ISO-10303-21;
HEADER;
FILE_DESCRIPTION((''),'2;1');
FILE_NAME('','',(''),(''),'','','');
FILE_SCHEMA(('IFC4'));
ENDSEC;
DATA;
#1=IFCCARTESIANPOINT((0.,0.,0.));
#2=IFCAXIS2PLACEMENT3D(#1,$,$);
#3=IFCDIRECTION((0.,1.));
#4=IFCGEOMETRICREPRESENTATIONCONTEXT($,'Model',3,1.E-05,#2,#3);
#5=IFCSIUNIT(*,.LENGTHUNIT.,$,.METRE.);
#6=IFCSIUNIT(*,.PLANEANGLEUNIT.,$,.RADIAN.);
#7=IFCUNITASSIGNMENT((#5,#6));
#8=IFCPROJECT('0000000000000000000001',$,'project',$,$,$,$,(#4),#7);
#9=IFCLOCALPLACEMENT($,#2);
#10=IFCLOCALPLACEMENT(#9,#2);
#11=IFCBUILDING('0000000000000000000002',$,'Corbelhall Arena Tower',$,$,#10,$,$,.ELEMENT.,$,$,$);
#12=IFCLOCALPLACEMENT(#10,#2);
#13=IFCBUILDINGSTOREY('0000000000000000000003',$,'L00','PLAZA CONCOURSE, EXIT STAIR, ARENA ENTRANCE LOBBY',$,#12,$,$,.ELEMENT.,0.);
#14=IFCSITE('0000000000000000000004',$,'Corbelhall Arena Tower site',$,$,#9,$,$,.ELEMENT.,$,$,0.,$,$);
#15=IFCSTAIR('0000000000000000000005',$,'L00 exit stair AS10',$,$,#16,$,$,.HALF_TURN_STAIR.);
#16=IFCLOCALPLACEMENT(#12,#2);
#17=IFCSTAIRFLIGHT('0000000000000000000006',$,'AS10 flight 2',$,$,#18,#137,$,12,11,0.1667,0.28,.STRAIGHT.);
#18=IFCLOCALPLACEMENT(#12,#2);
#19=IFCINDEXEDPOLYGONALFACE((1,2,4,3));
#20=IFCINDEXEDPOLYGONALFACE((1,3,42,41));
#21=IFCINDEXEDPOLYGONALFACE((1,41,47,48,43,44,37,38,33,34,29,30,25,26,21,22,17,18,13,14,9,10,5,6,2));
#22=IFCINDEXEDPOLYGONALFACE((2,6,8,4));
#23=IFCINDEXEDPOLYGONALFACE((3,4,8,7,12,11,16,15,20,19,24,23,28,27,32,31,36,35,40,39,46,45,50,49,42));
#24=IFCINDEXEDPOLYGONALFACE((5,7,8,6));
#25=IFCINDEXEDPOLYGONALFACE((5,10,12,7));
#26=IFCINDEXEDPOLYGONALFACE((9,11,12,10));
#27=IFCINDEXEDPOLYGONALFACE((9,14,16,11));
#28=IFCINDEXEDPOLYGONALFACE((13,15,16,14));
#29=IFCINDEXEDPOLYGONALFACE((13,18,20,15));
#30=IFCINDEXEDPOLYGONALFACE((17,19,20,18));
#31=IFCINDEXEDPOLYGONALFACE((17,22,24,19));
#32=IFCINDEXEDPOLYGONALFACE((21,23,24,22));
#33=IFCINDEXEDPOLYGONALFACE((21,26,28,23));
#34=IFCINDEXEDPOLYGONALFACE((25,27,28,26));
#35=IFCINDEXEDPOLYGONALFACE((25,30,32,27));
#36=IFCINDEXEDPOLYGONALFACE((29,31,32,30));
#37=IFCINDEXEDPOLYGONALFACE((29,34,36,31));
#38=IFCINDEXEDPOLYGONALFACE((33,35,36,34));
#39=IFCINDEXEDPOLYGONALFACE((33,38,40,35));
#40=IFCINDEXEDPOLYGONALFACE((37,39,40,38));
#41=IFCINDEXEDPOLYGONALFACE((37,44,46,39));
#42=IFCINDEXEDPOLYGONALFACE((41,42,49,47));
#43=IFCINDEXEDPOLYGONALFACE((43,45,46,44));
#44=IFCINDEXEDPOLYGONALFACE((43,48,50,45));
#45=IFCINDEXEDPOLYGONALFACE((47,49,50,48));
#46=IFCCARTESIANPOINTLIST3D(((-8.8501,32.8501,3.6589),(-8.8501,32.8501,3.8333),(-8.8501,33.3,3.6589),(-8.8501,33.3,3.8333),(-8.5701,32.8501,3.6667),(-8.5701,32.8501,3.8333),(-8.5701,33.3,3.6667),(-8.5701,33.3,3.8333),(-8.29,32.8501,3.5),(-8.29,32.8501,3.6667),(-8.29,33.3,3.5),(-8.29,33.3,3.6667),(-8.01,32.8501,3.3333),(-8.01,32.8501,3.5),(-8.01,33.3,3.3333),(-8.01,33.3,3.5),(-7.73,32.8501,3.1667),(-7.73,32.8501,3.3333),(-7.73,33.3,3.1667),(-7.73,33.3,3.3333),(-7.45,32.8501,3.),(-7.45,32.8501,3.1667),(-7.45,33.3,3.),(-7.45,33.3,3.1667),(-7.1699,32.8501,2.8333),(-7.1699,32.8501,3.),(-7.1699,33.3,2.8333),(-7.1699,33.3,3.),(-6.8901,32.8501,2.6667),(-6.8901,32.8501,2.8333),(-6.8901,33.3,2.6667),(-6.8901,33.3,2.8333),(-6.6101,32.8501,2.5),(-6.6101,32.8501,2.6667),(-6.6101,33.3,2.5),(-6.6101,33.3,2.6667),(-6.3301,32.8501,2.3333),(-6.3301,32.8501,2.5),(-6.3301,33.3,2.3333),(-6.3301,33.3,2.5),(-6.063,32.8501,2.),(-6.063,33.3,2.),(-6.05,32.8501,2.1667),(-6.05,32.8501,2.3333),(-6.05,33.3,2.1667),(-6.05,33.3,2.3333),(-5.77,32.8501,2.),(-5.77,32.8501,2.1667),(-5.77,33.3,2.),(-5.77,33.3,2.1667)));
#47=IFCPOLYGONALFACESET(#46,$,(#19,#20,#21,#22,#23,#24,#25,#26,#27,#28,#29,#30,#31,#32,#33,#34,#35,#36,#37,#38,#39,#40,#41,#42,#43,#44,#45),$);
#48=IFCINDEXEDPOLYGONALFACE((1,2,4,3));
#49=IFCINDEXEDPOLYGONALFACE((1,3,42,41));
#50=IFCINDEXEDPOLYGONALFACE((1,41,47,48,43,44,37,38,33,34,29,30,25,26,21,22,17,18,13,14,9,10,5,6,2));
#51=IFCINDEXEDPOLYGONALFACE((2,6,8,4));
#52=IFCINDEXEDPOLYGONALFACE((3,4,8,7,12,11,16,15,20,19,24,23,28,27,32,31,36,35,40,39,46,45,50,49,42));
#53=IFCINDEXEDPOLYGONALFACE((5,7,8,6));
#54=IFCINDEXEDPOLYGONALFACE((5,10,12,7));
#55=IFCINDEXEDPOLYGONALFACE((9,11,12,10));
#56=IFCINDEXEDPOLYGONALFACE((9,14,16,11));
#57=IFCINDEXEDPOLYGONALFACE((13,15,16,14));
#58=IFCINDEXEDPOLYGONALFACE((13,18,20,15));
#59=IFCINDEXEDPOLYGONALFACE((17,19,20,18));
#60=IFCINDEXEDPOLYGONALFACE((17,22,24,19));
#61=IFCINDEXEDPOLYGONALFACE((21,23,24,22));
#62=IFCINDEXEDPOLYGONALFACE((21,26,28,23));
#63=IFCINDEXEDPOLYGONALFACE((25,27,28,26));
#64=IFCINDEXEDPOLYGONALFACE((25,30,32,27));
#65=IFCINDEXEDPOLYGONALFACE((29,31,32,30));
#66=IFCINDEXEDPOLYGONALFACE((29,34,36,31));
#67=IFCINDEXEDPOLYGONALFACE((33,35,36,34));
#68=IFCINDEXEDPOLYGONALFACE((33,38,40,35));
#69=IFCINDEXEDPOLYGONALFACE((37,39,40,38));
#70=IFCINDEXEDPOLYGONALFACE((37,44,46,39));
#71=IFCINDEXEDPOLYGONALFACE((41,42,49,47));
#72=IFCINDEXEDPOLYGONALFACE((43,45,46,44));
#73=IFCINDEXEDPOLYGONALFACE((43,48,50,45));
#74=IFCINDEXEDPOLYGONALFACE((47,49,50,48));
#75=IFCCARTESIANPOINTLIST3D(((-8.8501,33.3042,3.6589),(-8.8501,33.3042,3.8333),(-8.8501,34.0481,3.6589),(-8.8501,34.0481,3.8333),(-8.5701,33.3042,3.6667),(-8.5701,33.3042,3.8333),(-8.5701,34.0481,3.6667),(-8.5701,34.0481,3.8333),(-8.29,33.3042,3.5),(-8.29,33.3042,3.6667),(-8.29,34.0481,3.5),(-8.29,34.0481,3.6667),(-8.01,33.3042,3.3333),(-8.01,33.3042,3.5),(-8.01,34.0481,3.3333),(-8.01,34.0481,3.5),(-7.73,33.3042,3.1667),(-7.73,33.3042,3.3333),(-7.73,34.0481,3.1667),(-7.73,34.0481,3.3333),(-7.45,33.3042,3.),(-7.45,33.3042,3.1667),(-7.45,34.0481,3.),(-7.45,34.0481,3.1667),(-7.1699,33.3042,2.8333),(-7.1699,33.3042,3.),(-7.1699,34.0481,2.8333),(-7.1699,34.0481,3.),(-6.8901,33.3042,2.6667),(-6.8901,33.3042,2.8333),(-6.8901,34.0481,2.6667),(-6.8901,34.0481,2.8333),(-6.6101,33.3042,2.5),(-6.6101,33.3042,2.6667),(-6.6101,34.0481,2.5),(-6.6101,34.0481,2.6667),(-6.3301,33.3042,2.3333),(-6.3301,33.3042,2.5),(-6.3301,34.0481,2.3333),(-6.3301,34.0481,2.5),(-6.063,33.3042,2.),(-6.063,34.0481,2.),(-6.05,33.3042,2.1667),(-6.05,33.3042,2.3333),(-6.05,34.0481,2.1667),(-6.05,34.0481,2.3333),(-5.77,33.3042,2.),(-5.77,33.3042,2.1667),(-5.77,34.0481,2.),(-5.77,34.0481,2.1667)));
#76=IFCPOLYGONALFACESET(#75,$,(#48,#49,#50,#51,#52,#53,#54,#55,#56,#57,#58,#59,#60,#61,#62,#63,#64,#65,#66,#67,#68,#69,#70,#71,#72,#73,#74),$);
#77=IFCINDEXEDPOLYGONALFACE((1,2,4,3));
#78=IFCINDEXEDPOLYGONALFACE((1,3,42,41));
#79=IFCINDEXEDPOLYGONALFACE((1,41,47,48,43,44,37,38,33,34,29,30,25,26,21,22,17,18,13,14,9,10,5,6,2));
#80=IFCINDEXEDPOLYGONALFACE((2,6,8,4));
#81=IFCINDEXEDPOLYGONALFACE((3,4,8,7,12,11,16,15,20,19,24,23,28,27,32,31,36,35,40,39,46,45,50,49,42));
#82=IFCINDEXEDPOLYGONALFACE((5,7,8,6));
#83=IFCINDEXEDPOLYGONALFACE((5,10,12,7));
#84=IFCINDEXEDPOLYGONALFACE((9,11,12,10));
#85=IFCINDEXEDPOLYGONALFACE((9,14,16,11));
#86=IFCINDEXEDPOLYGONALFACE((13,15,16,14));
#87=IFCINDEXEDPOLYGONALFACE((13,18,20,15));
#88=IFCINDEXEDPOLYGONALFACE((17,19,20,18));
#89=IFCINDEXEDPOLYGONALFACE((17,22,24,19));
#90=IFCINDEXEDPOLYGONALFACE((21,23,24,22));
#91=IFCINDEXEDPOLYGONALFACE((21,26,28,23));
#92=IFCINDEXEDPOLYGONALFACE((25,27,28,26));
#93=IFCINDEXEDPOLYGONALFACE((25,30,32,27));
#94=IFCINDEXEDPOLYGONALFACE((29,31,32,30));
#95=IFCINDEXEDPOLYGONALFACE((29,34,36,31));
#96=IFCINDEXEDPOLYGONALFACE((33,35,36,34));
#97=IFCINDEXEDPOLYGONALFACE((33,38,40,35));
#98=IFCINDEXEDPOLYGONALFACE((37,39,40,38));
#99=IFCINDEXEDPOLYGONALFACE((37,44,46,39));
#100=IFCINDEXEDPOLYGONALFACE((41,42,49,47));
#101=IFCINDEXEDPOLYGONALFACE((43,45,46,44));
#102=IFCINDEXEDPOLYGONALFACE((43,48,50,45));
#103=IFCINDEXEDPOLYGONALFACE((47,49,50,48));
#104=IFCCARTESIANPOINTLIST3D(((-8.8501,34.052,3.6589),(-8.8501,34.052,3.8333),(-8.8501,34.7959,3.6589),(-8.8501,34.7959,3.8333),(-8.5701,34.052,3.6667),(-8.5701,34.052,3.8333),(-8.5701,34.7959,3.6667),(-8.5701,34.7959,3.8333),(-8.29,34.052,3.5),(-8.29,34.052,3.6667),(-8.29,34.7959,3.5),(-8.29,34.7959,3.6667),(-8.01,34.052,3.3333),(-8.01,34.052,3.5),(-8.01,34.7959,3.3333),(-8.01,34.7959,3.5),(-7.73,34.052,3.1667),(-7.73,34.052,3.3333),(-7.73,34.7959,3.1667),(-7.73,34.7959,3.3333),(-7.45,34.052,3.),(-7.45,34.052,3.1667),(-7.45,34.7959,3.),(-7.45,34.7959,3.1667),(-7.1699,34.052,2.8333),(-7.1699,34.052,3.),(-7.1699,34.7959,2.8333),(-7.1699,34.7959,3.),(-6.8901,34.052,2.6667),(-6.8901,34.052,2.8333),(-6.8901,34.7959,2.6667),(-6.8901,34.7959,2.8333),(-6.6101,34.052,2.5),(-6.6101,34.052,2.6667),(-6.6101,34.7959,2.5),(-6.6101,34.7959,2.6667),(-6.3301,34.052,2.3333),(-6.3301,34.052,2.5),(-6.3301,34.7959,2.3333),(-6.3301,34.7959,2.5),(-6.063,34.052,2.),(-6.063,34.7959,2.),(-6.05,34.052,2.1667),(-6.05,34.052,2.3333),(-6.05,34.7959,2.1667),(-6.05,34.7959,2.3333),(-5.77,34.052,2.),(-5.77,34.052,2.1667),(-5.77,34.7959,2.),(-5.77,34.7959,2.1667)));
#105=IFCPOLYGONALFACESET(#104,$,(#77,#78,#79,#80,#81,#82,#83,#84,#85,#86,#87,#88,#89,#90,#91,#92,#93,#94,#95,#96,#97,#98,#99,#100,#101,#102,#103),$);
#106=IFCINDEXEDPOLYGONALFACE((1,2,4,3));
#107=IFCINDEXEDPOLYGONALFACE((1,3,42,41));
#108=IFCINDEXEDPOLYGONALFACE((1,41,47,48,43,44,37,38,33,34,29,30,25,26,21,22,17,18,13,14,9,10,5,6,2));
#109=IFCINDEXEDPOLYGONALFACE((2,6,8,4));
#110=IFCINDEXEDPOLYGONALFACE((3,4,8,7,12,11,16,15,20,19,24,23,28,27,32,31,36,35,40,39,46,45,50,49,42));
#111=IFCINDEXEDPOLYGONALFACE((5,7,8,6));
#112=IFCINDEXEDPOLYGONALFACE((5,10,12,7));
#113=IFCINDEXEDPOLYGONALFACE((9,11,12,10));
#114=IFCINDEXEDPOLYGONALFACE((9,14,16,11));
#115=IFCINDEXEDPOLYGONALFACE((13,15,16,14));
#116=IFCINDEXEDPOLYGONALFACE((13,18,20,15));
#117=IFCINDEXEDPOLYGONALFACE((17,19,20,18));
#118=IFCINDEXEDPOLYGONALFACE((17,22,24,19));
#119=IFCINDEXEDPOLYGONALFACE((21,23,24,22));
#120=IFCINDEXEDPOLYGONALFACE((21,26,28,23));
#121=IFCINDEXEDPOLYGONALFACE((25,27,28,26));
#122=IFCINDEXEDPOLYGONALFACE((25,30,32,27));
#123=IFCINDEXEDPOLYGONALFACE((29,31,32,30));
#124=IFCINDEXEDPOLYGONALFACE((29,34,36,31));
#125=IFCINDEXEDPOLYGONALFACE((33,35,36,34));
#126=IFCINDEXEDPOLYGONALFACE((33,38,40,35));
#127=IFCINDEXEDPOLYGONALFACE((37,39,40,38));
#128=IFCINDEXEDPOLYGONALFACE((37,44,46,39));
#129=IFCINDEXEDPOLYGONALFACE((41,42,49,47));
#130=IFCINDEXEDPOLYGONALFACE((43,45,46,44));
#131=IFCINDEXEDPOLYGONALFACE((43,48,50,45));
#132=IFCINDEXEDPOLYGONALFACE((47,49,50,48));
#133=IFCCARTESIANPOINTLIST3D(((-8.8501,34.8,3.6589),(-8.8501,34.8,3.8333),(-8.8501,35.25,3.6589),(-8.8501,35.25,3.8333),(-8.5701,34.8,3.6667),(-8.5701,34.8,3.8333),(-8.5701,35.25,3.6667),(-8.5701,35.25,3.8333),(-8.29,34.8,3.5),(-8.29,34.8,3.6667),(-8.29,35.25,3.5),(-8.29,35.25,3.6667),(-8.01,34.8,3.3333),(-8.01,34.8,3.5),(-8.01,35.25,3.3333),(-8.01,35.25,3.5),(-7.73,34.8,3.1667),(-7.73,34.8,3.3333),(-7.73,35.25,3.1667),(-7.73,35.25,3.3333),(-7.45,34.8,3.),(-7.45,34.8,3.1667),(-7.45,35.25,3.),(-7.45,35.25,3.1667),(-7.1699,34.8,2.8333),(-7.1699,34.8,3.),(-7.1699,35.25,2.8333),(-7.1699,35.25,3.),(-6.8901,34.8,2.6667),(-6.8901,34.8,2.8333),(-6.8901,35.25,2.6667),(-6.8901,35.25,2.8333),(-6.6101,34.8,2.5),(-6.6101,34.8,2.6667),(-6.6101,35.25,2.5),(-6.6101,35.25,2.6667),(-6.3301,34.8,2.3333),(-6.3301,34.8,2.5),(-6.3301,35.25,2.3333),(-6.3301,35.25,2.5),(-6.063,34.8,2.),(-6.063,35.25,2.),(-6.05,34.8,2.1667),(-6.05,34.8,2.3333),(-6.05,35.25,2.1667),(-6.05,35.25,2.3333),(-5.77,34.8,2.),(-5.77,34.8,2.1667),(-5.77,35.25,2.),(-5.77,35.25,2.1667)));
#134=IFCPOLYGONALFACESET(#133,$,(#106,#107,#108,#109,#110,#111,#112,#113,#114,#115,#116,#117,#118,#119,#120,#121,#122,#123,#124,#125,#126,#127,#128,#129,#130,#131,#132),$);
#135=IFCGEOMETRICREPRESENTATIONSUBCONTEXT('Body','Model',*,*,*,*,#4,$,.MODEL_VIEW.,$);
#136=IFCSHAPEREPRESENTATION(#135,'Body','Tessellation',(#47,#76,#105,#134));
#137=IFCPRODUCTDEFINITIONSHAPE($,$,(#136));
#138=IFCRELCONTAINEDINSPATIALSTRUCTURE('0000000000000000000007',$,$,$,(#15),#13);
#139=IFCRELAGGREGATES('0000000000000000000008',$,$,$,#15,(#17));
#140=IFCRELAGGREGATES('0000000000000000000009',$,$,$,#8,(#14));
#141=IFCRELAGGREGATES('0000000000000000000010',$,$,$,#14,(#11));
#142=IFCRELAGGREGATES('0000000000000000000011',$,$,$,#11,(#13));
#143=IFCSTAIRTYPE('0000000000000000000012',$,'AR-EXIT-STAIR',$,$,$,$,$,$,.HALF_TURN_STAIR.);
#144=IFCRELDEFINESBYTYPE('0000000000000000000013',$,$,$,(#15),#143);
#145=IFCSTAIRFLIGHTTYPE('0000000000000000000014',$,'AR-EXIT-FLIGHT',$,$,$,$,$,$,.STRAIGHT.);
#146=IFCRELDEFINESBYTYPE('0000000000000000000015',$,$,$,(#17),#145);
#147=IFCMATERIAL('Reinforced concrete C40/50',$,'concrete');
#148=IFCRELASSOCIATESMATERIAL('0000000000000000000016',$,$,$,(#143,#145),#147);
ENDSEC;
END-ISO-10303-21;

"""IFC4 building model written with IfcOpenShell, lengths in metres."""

from ifc_helpers import new_model, si_unit, direction, frame, origin, place, context, subcontext, project, spatial, polyline, outline, extrude, material, type_object, element, aggregate, save


model = new_model("IFC4")

# Units and contexts
model_context = context("Model", 3, precision=1e-05, world=origin(), true_north=direction((0.0, 1.0)))
body_context = subcontext(model_context, "Body", "Model", "MODEL_VIEW")
ifc_project = project(units=[si_unit("LENGTHUNIT", "METRE"), si_unit("PLANEANGLEUNIT", "RADIAN")], contexts=[model_context])

# Site, building, storey
site_placement = place(None, origin())
site = spatial("IfcSite", under=ifc_project, at=site_placement, Name="Corbelhall Arena Tower site", CompositionType="ELEMENT", RefElevation=0.0)
building_placement = place(site_placement, origin())
building = spatial("IfcBuilding", under=site, at=building_placement, Name="Corbelhall Arena Tower", CompositionType="ELEMENT")
storey_placement = place(building_placement, origin())
storey = spatial("IfcBuildingStorey", under=building, at=storey_placement, Name="L00", Description="PLAZA CONCOURSE, EXIT STAIR, ARENA ENTRANCE LOBBY", CompositionType="ELEMENT", Elevation=0.0)

# Shared definitions
ifc_material_1 = material(Name="Reinforced concrete C40/50", Category="concrete")

# Stair, stair flight
stair_type = type_object("IfcStairType", Name="AR-EXIT-STAIR", PredefinedType="HALF_TURN_STAIR", material=ifc_material_1)
stair_placement = place(storey_placement, origin())
stair = element("IfcStair", 1, at=stair_placement, inside=storey, type_object=stair_type, Name="L00 exit stair AS10", PredefinedType="HALF_TURN_STAIR")
stair_flight_type = type_object("IfcStairFlightType", Name="AR-EXIT-FLIGHT", PredefinedType="STRAIGHT", material=ifc_material_1)
stair_flight_1_placement = place(storey_placement, frame((-5.77, 34.05, 2.0), z_axis=(0.0, 0.0, 1.0), x_axis=(-1.0, 0.0, 0.0)))
stair_flight_1 = element("IfcStairFlight", 2, at=stair_flight_1_placement, type_object=stair_flight_type, Name="AS10 flight 2", NumberOfRisers=12, NumberOfTreads=11, PredefinedType="STRAIGHT", RiserHeight=0.1667, TreadLength=0.28, context=body_context, shape_type="SweptSolid", body=[
    extrude(outline(polyline([(0.0, 0.0), (0.0, 0.1667), (0.28, 0.1667), (0.28, 0.3333), (0.5601, 0.3333), (0.5601, 0.5), (0.8401, 0.5), (0.8401, 0.6667), (1.1201, 0.6667), (1.1201, 0.8333), (1.3999, 0.8333), (1.3999, 1.0), (1.6799, 1.0), (1.6799, 1.1667), (1.96, 1.1667), (1.96, 1.3333), (2.24, 1.3333), (2.24, 1.5), (2.52, 1.5), (2.52, 1.6667), (2.8, 1.6667), (2.8, 1.8333), (3.0801, 1.8333), (3.0801, 2.0), (3.0801, 1.6589), (0.293, 0.0), (0.0, 0.0)])), frame((0.0, 1.2, 0.0), z_axis=(0.0, -1.0, 0.0), x_axis=(1.0, 0.0, 0.0)), (0.0, 0.0, 1.0), 0.45),
    extrude(outline(polyline([(0.0, 0.0), (0.0, 0.1667), (0.28, 0.1667), (0.28, 0.3333), (0.5601, 0.3333), (0.5601, 0.5), (0.8401, 0.5), (0.8401, 0.6667), (1.1201, 0.6667), (1.1201, 0.8333), (1.3999, 0.8333), (1.3999, 1.0), (1.6799, 1.0), (1.6799, 1.1667), (1.96, 1.1667), (1.96, 1.3333), (2.24, 1.3333), (2.24, 1.5), (2.52, 1.5), (2.52, 1.6667), (2.8, 1.6667), (2.8, 1.8333), (3.0801, 1.8333), (3.0801, 2.0), (3.0801, 1.6589), (0.293, 0.0), (0.0, 0.0)])), frame((0.0, 0.7458, 0.0), z_axis=(0.0, -1.0, 0.0), x_axis=(1.0, 0.0, 0.0)), (0.0, 0.0, 1.0), 0.7439),
    extrude(outline(polyline([(0.0, 0.0), (0.0, 0.1667), (0.28, 0.1667), (0.28, 0.3333), (0.5601, 0.3333), (0.5601, 0.5), (0.8401, 0.5), (0.8401, 0.6667), (1.1201, 0.6667), (1.1201, 0.8333), (1.3999, 0.8333), (1.3999, 1.0), (1.6799, 1.0), (1.6799, 1.1667), (1.96, 1.1667), (1.96, 1.3333), (2.24, 1.3333), (2.24, 1.5), (2.52, 1.5), (2.52, 1.6667), (2.8, 1.6667), (2.8, 1.8333), (3.0801, 1.8333), (3.0801, 2.0), (3.0801, 1.6589), (0.293, 0.0), (0.0, 0.0)])), frame((0.0, -0.002, 0.0), z_axis=(0.0, -1.0, 0.0), x_axis=(1.0, 0.0, 0.0)), (0.0, 0.0, 1.0), 0.7439),
    extrude(outline(polyline([(0.0, 0.0), (0.0, 0.1667), (0.28, 0.1667), (0.28, 0.3333), (0.5601, 0.3333), (0.5601, 0.5), (0.8401, 0.5), (0.8401, 0.6667), (1.1201, 0.6667), (1.1201, 0.8333), (1.3999, 0.8333), (1.3999, 1.0), (1.6799, 1.0), (1.6799, 1.1667), (1.96, 1.1667), (1.96, 1.3333), (2.24, 1.3333), (2.24, 1.5), (2.52, 1.5), (2.52, 1.6667), (2.8, 1.6667), (2.8, 1.8333), (3.0801, 1.8333), (3.0801, 2.0), (3.0801, 1.6589), (0.293, 0.0), (0.0, 0.0)])), frame((0.0, -0.75, 0.0), z_axis=(0.0, -1.0, 0.0), x_axis=(1.0, 0.0, 0.0)), (0.0, 0.0, 1.0), 0.45),
])
aggregate(stair, [stair_flight_1])

save(model, "model.ifc")
